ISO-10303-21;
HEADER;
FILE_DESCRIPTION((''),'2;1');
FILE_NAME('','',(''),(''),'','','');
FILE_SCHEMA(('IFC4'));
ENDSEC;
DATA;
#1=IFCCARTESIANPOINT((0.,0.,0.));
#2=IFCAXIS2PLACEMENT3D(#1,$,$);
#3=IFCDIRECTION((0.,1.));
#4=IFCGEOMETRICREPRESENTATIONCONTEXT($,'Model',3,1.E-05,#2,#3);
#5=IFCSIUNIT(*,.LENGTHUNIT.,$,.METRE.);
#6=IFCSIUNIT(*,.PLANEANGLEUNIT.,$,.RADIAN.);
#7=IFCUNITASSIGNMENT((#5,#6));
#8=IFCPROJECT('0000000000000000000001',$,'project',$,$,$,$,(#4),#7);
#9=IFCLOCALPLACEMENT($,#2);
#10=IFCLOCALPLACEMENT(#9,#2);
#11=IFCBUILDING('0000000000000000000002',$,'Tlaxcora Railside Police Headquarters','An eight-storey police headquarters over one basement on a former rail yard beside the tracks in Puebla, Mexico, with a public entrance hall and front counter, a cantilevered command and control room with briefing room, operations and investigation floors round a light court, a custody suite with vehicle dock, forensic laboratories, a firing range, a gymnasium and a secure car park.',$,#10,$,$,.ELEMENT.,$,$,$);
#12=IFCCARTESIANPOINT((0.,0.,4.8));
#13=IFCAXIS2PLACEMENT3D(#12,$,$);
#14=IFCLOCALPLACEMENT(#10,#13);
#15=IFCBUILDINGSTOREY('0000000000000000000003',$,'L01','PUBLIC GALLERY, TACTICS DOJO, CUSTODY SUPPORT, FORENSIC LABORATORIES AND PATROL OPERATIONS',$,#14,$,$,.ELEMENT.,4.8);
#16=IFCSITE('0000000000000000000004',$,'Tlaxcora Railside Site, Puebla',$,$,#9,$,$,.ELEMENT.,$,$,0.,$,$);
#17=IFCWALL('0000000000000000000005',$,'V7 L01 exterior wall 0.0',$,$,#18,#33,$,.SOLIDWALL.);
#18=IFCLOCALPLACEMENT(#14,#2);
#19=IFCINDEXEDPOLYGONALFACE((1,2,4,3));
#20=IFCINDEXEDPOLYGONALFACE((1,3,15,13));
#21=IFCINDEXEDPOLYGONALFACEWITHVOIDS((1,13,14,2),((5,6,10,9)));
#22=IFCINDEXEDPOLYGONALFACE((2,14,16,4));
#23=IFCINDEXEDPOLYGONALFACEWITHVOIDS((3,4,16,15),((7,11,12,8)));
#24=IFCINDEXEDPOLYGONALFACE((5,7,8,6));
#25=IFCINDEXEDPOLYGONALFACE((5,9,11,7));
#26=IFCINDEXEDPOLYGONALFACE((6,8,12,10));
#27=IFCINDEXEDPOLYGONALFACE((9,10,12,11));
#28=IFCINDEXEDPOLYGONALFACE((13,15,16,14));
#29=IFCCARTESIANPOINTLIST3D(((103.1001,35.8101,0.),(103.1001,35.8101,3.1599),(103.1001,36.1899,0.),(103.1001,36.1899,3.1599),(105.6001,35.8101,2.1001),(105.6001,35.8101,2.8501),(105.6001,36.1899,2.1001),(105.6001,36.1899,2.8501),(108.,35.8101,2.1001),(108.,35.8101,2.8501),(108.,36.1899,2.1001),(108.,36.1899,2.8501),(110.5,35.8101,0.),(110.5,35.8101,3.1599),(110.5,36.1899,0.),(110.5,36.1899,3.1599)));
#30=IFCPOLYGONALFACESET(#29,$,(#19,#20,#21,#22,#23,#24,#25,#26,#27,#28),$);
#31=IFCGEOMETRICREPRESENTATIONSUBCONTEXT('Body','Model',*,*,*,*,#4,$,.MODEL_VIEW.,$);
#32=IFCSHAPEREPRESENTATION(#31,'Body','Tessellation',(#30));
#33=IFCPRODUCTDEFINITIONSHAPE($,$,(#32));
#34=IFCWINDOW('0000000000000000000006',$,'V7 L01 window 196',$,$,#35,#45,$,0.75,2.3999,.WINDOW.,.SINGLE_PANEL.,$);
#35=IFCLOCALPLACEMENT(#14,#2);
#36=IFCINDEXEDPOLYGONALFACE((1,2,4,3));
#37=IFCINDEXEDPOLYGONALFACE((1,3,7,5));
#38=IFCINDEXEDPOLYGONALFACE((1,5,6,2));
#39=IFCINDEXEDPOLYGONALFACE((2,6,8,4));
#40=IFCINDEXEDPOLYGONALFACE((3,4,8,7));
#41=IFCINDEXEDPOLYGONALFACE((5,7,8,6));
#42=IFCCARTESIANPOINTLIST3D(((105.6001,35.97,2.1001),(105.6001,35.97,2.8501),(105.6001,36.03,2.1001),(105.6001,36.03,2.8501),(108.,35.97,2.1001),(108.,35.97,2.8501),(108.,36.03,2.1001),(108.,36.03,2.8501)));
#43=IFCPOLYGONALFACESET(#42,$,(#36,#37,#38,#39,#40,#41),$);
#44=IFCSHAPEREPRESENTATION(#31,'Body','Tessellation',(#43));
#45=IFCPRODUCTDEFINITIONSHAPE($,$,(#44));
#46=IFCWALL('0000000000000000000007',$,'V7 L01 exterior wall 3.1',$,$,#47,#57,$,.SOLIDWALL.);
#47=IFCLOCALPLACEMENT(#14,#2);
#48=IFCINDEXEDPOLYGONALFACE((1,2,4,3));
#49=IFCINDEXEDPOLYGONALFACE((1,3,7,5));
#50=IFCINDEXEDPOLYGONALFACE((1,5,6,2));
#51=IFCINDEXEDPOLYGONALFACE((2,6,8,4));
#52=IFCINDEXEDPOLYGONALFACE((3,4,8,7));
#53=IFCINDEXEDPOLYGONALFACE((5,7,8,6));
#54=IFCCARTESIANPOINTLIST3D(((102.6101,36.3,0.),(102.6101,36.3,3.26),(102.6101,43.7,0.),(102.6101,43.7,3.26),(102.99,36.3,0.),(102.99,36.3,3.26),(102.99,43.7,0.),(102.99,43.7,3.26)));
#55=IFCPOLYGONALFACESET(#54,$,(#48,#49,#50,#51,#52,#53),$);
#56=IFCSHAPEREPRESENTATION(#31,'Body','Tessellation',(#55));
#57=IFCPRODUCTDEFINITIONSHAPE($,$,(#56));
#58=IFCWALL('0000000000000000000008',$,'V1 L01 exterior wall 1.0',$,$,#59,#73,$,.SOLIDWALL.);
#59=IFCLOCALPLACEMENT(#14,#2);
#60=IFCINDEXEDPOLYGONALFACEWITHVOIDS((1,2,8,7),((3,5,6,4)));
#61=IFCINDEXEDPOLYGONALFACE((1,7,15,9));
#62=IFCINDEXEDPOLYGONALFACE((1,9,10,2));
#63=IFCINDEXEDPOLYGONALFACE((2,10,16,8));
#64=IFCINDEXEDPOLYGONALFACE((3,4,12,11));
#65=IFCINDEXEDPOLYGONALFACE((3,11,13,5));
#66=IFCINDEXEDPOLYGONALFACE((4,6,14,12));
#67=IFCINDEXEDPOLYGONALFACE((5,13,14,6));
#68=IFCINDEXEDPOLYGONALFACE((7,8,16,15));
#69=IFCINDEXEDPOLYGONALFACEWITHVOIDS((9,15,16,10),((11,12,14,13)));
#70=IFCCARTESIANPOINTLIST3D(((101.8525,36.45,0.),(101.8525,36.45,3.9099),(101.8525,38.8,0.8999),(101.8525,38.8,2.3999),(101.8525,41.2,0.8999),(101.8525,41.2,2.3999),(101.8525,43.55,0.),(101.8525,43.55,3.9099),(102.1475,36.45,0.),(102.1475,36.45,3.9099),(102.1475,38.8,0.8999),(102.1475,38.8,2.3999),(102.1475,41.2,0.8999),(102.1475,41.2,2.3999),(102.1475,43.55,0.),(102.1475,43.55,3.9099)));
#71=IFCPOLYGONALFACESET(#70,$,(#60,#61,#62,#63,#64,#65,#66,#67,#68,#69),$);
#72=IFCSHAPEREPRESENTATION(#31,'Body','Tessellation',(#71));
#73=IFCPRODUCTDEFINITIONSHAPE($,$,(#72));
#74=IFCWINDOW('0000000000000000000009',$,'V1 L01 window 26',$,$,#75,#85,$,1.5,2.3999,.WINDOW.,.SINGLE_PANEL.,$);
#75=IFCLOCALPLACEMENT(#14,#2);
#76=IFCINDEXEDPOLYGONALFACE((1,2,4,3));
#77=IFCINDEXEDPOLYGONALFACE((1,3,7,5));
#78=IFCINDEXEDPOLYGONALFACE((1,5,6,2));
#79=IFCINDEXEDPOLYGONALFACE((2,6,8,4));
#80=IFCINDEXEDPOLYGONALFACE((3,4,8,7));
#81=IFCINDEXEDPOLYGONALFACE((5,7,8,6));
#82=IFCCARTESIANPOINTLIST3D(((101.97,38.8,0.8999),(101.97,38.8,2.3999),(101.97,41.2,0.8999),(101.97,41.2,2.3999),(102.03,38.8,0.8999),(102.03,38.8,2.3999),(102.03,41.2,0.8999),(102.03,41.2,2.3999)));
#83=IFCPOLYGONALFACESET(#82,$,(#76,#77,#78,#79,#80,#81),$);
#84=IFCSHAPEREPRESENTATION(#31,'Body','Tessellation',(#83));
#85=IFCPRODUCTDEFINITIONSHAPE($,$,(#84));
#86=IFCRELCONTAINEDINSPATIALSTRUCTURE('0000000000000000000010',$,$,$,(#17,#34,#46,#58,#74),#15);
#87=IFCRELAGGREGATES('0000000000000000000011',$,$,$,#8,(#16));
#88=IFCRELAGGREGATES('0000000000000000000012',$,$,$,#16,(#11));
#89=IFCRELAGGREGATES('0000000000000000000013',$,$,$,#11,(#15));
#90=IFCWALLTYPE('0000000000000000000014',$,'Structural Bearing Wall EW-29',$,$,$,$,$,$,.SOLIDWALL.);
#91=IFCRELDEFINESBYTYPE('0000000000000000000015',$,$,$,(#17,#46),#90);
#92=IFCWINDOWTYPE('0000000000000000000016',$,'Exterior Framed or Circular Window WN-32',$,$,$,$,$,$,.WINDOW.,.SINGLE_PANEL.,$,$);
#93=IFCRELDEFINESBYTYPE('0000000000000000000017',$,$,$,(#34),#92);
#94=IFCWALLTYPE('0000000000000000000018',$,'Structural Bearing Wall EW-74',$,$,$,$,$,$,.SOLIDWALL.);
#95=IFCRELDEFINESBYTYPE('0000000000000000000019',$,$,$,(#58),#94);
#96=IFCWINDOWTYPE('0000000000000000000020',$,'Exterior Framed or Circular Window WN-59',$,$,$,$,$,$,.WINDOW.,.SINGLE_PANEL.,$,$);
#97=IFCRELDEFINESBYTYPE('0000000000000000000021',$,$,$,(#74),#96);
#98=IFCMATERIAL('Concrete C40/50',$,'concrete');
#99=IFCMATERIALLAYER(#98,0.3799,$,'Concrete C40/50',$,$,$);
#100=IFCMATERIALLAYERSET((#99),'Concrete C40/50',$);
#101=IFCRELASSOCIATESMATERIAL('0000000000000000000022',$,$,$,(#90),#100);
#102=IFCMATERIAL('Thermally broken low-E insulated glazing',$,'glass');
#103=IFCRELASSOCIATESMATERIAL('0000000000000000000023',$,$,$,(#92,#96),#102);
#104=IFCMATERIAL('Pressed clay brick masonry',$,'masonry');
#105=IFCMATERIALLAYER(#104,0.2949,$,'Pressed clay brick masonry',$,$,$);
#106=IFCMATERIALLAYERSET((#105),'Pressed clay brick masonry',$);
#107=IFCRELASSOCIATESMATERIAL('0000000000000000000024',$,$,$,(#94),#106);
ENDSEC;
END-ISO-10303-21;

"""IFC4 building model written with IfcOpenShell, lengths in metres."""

from ifc_helpers import new_model, si_unit, direction, frame, frame_2d, origin, place, context, subcontext, project, spatial, rectangle, extrude, material, layer, layer_set, type_object, element, fill, save


model = new_model("IFC4")

# Units and contexts
model_context = context("Model", 3, precision=1e-05, world=origin(), true_north=direction((0.0, 1.0)))
body_context = subcontext(model_context, "Body", "Model", "MODEL_VIEW")
ifc_project = project(units=[si_unit("LENGTHUNIT", "METRE"), si_unit("PLANEANGLEUNIT", "RADIAN")], contexts=[model_context])

# Site, building, storey
site_placement = place(None, origin())
site = spatial("IfcSite", under=ifc_project, at=site_placement, Name="Tlaxcora Railside Site, Puebla", CompositionType="ELEMENT", RefElevation=0.0)
building_placement = place(site_placement, origin())
building = spatial("IfcBuilding", under=site, at=building_placement, Name="Tlaxcora Railside Police Headquarters", Description="An eight-storey police headquarters over one basement on a former rail yard beside the tracks in Puebla, Mexico, with a public entrance hall and front counter, a cantilevered command and control room with briefing room, operations and investigation floors round a light court, a custody suite with vehicle dock, forensic laboratories, a firing range, a gymnasium and a secure car park.", CompositionType="ELEMENT")
storey_placement = place(building_placement, frame((0.0, 0.0, 4.8)))
storey = spatial("IfcBuildingStorey", under=building, at=storey_placement, Name="L01", Description="PUBLIC GALLERY, TACTICS DOJO, CUSTODY SUPPORT, FORENSIC LABORATORIES AND PATROL OPERATIONS", CompositionType="ELEMENT", Elevation=4.8)

# Shared definitions
ifc_material_1 = material(Name="Concrete C40/50", Category="concrete")

# Shared definitions
ifc_material_2 = material(Name="Thermally broken low-E insulated glazing", Category="glass")

# Wall, opening, window
ifc_layer_1 = layer(ifc_material_1, 0.3799, Name="Concrete C40/50")
ifc_layer_set_1 = layer_set([ifc_layer_1], Name="Concrete C40/50")
wall_type_1 = type_object("IfcWallType", Name="Structural Bearing Wall EW-29", PredefinedType="SOLIDWALL", material=ifc_layer_set_1)
wall_1_placement = place(storey_placement, frame((103.1001, 36.0, 0.0), z_axis=(0.0, 0.0, 1.0), x_axis=(1.0, 0.0, 0.0)))
wall_1 = element("IfcWall", 1, at=wall_1_placement, inside=storey, type_object=wall_type_1, Name="V7 L01 exterior wall 0.0", PredefinedType="SOLIDWALL", context=body_context, shape_type="SweptSolid", body=[
    extrude(rectangle(XDim=7.3999, YDim=0.3799, at=frame_2d((3.7, 0.0))), origin(), (0.0, 0.0, 1.0), 3.1599),
])
opening_1_placement = place(wall_1_placement, frame((2.5, 0.0, 2.1001)))
opening_1 = element("IfcOpeningElement", 2, at=opening_1_placement, cuts=wall_1, PredefinedType="OPENING", context=body_context, shape_type="SweptSolid", body=[
    extrude(rectangle(XDim=2.3999, YDim=0.75, at=frame_2d((1.2, 0.375))), frame((0.0, 0.2, 0.0), z_axis=(0.0, -1.0, 0.0), x_axis=(1.0, 0.0, 0.0)), (0.0, 0.0, 1.0), 0.3999),
])
window_type_1 = type_object("IfcWindowType", Name="Exterior Framed or Circular Window WN-32", PartitioningType="SINGLE_PANEL", PredefinedType="WINDOW", material=ifc_material_2)
window_1_placement = place(opening_1_placement, origin())
window_1 = element("IfcWindow", 3, at=window_1_placement, inside=storey, type_object=window_type_1, Name="V7 L01 window 196", OverallHeight=0.75, OverallWidth=2.3999, PartitioningType="SINGLE_PANEL", PredefinedType="WINDOW", context=body_context, shape_type="SweptSolid", body=[
    extrude(rectangle(XDim=2.3999, YDim=0.75, at=frame_2d((1.2, 0.375))), frame((0.0, 0.03, 0.0), z_axis=(0.0, -1.0, 0.0), x_axis=(1.0, 0.0, 0.0)), (0.0, 0.0, 1.0), 0.0601),
])
fill(opening_1, window_1)

# Wall
wall_2_placement = place(storey_placement, frame((102.8, 43.7, 0.0), z_axis=(0.0, 0.0, 1.0), x_axis=(0.0, -1.0, 0.0)))
element("IfcWall", 4, at=wall_2_placement, inside=storey, type_object=wall_type_1, Name="V7 L01 exterior wall 3.1", PredefinedType="SOLIDWALL", context=body_context, shape_type="SweptSolid", body=[
    extrude(rectangle(XDim=7.3999, YDim=0.3799, at=frame_2d((3.7, 0.0))), origin(), (0.0, 0.0, 1.0), 3.26),
])

# Wall, opening, window
ifc_material_3 = material(Name="Pressed clay brick masonry", Category="masonry")
ifc_layer_2 = layer(ifc_material_3, 0.2949, Name="Pressed clay brick masonry")
ifc_layer_set_2 = layer_set([ifc_layer_2], Name="Pressed clay brick masonry")
wall_type_2 = type_object("IfcWallType", Name="Structural Bearing Wall EW-74", PredefinedType="SOLIDWALL", material=ifc_layer_set_2)
wall_3_placement = place(storey_placement, frame((102.0, 36.45, 0.0), z_axis=(0.0, 0.0, 1.0), x_axis=(0.0, 1.0, 0.0)))
wall_3 = element("IfcWall", 5, at=wall_3_placement, inside=storey, type_object=wall_type_2, Name="V1 L01 exterior wall 1.0", PredefinedType="SOLIDWALL", context=body_context, shape_type="SweptSolid", body=[
    extrude(rectangle(XDim=7.1001, YDim=0.2949, at=frame_2d((3.55, 0.0))), origin(), (0.0, 0.0, 1.0), 3.9099),
])
opening_2_placement = place(wall_3_placement, frame((2.3501, 0.0, 0.8999)))
opening_2 = element("IfcOpeningElement", 6, at=opening_2_placement, cuts=wall_3, PredefinedType="OPENING", context=body_context, shape_type="SweptSolid", body=[
    extrude(rectangle(XDim=2.3999, YDim=1.5, at=frame_2d((1.2, 0.75))), frame((0.0, 0.1575, 0.0), z_axis=(0.0, -1.0, 0.0), x_axis=(1.0, 0.0, 0.0)), (0.0, 0.0, 1.0), 0.3149),
])
window_type_2 = type_object("IfcWindowType", Name="Exterior Framed or Circular Window WN-59", PartitioningType="SINGLE_PANEL", PredefinedType="WINDOW", material=ifc_material_2)
window_2_placement = place(opening_2_placement, origin())
window_2 = element("IfcWindow", 7, at=window_2_placement, inside=storey, type_object=window_type_2, Name="V1 L01 window 26", OverallHeight=1.5, OverallWidth=2.3999, PartitioningType="SINGLE_PANEL", PredefinedType="WINDOW", context=body_context, shape_type="SweptSolid", body=[
    extrude(rectangle(XDim=2.3999, YDim=1.5, at=frame_2d((1.2, 0.75))), frame((0.0, 0.03, 0.0), z_axis=(0.0, -1.0, 0.0), x_axis=(1.0, 0.0, 0.0)), (0.0, 0.0, 1.0), 0.0601),
])
fill(opening_2, window_2)

save(model, "model.ifc")
